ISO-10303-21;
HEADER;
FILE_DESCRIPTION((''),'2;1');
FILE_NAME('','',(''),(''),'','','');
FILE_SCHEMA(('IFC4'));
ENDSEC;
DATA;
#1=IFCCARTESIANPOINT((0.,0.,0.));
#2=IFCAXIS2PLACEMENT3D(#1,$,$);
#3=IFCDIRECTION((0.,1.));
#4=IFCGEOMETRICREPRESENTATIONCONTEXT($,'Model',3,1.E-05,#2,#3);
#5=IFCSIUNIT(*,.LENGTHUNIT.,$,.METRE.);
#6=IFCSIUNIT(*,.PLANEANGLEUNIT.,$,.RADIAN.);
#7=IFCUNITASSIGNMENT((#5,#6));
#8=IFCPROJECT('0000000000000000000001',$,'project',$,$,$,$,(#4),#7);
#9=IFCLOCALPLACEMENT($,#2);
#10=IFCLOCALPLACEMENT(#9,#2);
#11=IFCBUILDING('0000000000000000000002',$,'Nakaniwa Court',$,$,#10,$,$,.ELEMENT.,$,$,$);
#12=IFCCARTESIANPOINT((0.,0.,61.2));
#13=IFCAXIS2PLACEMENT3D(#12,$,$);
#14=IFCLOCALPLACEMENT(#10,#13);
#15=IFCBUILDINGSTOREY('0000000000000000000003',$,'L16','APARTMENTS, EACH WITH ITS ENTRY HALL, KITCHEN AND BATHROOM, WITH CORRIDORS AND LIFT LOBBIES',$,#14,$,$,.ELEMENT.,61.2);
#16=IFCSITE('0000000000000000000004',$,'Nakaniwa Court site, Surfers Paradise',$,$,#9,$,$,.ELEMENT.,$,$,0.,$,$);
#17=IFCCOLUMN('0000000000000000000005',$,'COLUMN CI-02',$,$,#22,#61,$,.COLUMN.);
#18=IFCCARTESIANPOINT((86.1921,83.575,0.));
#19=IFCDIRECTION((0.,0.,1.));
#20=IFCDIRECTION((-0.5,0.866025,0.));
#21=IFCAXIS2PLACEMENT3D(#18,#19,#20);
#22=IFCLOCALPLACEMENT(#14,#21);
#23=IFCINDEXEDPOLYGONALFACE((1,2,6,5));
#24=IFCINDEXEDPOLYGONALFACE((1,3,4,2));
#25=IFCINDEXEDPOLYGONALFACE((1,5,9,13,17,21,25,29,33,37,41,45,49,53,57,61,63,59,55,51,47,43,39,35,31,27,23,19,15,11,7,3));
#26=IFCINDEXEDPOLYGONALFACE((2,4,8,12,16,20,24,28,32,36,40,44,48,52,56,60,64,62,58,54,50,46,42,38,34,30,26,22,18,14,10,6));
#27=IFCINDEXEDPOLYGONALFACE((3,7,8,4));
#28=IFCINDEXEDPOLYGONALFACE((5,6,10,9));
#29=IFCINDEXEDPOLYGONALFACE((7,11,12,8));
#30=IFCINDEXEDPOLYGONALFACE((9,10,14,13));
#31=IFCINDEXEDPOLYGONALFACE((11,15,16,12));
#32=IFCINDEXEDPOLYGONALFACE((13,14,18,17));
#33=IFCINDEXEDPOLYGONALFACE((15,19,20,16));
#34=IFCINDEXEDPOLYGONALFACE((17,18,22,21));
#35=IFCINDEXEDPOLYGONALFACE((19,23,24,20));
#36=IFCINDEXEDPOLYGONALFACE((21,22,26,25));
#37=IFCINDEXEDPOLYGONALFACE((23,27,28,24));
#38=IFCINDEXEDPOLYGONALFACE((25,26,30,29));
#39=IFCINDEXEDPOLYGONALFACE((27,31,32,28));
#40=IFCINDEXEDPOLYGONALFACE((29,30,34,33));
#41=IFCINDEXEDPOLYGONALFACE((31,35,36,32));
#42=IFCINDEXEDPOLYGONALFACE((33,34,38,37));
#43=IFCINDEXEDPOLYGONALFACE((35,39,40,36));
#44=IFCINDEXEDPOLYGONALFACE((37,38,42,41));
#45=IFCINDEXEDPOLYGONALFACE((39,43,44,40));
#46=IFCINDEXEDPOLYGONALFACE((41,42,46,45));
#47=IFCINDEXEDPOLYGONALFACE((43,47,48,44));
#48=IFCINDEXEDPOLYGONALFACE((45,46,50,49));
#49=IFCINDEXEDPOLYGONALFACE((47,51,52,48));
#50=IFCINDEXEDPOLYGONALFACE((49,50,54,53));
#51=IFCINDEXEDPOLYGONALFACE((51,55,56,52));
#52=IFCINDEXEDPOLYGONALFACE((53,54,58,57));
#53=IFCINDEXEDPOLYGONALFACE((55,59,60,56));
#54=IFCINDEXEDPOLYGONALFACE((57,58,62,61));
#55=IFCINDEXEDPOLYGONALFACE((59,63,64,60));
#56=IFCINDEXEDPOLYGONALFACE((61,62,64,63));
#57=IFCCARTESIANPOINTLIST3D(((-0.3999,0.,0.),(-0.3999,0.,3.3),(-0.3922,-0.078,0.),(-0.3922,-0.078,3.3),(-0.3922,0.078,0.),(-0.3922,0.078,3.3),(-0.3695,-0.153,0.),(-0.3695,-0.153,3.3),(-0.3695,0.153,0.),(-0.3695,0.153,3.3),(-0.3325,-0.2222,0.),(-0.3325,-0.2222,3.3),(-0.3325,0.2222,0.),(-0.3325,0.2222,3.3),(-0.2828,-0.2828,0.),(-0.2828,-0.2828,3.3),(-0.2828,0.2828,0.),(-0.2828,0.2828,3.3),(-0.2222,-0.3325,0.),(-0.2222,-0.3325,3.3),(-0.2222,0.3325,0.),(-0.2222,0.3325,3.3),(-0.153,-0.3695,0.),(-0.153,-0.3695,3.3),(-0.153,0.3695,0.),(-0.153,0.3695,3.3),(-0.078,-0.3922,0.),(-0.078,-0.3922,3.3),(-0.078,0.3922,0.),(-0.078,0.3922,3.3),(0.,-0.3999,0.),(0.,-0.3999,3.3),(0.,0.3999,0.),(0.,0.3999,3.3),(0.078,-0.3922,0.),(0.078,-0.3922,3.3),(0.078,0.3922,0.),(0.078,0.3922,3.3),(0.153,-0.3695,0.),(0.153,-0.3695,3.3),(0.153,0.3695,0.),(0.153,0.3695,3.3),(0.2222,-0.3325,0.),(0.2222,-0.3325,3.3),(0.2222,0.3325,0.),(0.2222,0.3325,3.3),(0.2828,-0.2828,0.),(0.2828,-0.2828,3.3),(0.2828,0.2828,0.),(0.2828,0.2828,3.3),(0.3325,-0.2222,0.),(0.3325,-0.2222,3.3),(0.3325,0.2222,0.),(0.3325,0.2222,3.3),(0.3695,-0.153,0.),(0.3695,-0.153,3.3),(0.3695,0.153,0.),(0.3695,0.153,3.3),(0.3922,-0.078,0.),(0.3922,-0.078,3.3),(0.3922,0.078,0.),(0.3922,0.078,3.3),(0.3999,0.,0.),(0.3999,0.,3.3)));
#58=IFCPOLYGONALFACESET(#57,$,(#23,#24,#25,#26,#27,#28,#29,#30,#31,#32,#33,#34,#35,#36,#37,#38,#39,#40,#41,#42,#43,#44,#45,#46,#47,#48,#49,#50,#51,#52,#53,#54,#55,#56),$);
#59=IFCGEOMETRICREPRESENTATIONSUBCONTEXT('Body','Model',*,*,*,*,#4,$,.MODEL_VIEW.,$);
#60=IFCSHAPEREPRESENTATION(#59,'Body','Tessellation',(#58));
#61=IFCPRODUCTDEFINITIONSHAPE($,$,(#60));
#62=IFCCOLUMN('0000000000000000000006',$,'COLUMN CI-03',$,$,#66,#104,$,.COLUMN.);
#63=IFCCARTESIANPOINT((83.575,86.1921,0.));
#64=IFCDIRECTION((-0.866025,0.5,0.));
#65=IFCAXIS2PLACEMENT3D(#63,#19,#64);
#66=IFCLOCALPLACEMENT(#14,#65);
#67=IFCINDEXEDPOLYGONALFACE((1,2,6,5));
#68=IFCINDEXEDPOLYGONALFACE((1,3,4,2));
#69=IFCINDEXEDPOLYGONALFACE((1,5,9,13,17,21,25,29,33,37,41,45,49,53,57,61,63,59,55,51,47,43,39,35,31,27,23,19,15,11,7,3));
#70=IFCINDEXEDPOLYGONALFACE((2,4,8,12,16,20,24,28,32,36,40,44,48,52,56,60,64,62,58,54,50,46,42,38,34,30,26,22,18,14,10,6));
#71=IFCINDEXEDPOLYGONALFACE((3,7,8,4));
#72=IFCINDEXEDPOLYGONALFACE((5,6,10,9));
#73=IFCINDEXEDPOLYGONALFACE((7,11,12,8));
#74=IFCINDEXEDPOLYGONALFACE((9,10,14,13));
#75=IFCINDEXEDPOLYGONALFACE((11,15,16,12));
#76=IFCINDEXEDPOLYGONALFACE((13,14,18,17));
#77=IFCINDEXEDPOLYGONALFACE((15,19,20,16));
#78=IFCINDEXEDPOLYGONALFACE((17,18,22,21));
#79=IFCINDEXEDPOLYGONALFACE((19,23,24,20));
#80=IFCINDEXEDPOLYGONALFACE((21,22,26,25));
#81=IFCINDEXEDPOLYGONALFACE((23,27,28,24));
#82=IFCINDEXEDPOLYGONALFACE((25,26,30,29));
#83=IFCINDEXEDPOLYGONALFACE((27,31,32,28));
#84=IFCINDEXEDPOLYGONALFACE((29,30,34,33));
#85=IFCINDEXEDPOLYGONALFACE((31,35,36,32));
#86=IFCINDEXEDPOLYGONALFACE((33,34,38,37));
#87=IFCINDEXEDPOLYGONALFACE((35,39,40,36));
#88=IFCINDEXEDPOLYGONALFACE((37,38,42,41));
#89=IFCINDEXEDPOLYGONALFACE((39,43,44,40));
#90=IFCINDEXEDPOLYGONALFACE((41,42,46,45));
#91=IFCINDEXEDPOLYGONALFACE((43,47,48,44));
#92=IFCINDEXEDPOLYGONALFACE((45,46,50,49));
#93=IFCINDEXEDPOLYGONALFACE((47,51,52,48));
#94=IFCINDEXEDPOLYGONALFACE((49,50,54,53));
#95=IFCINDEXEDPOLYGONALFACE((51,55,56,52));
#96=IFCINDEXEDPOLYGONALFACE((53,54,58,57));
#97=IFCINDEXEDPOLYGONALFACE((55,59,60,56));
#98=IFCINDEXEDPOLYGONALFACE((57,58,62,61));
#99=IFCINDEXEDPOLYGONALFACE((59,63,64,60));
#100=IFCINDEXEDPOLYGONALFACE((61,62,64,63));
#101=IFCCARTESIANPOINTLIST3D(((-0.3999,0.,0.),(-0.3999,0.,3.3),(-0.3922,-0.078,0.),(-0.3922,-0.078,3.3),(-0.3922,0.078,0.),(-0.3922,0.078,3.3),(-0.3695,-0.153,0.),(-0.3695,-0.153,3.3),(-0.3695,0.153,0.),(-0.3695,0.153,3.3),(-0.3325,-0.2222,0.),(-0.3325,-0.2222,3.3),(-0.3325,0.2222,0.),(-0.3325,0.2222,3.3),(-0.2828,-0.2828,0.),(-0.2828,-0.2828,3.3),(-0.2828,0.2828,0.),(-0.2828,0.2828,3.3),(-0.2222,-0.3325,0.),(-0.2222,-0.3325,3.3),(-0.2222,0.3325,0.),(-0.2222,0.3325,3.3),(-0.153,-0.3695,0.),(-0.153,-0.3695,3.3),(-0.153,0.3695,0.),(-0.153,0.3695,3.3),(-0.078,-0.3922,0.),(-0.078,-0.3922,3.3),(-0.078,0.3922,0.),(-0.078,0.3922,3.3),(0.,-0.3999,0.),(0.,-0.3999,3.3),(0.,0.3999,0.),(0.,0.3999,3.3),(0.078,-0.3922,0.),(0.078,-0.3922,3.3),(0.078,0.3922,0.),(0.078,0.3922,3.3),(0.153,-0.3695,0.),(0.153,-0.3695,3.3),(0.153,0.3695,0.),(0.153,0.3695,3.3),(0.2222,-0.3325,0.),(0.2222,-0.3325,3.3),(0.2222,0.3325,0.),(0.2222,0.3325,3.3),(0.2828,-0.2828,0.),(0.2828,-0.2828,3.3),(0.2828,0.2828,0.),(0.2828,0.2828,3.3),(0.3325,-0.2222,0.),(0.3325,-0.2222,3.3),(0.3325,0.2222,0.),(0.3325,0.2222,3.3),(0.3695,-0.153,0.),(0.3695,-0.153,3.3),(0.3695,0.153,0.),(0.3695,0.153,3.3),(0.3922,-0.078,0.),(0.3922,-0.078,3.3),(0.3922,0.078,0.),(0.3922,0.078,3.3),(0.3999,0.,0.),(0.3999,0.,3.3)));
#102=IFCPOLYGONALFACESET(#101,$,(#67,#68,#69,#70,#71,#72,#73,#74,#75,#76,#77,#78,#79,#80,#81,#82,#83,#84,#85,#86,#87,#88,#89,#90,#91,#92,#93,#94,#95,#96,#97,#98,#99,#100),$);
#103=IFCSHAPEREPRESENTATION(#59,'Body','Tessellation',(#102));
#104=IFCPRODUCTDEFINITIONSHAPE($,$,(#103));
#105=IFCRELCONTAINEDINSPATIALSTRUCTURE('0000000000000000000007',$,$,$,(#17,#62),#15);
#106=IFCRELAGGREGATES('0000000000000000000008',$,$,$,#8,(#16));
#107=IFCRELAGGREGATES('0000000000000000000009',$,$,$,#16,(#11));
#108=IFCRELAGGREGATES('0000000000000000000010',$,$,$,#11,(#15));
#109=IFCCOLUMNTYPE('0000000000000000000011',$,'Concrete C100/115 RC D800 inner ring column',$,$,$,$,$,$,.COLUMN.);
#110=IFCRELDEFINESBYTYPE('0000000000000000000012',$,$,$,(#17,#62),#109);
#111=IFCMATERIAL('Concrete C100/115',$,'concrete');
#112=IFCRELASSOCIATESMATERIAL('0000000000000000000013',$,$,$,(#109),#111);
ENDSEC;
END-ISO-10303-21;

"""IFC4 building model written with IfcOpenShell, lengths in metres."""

from ifc_helpers import new_model, si_unit, direction, frame, origin, origin_2d, place, context, subcontext, project, spatial, circle, extrude, material, material_profile, profile_set, type_object, element, save


model = new_model("IFC4")

# Units and contexts
model_context = context("Model", 3, precision=1e-05, world=origin(), true_north=direction((0.0, 1.0)))
body_context = subcontext(model_context, "Body", "Model", "MODEL_VIEW")
ifc_project = project(units=[si_unit("LENGTHUNIT", "METRE"), si_unit("PLANEANGLEUNIT", "RADIAN")], contexts=[model_context])

# Site, building, storey
site_placement = place(None, origin())
site = spatial("IfcSite", under=ifc_project, at=site_placement, Name="Nakaniwa Court site, Surfers Paradise", CompositionType="ELEMENT", RefElevation=0.0)
building_placement = place(site_placement, origin())
building = spatial("IfcBuilding", under=site, at=building_placement, Name="Nakaniwa Court", CompositionType="ELEMENT")
storey_placement = place(building_placement, frame((0.0, 0.0, 61.2)))
storey = spatial("IfcBuildingStorey", under=building, at=storey_placement, Name="L16", Description="APARTMENTS, EACH WITH ITS ENTRY HALL, KITCHEN AND BATHROOM, WITH CORRIDORS AND LIFT LOBBIES", CompositionType="ELEMENT", Elevation=61.2)

# Columns
ifc_material_1 = material(Name="Concrete C100/115", Category="concrete")
ifc_material_profile_1 = material_profile(ifc_material_1, circle(Radius=0.3999, at=origin_2d()), Name="Concrete C100/115 RC D800 inner ring column")
ifc_profile_set_1 = profile_set([ifc_material_profile_1], Name="Concrete C100/115")
column_type_1 = type_object("IfcColumnType", Name="Concrete C100/115 RC D800 inner ring column", PredefinedType="COLUMN", material=ifc_profile_set_1)
for number, where, z_axis, x_axis, name in (
    (1, (86.1921, 83.575, 0.0), (0.0, 0.0, 1.0), (-0.5, 0.866025, 0.0), "COLUMN CI-02"),
    (2, (83.575, 86.1921, 0.0), (0.0, 0.0, 1.0), (-0.866025, 0.5, 0.0), "COLUMN CI-03"),
):
    element("IfcColumn", number, at=place(storey_placement, frame(where, z_axis=z_axis, x_axis=x_axis)), inside=storey, type_object=column_type_1, Name=name, PredefinedType="COLUMN", context=body_context, shape_type="SweptSolid", body=[
        extrude(circle(Radius=0.3999, at=origin_2d()), origin(), (0.0, 0.0, 1.0), 3.3),
    ])

save(model, "model.ifc")
